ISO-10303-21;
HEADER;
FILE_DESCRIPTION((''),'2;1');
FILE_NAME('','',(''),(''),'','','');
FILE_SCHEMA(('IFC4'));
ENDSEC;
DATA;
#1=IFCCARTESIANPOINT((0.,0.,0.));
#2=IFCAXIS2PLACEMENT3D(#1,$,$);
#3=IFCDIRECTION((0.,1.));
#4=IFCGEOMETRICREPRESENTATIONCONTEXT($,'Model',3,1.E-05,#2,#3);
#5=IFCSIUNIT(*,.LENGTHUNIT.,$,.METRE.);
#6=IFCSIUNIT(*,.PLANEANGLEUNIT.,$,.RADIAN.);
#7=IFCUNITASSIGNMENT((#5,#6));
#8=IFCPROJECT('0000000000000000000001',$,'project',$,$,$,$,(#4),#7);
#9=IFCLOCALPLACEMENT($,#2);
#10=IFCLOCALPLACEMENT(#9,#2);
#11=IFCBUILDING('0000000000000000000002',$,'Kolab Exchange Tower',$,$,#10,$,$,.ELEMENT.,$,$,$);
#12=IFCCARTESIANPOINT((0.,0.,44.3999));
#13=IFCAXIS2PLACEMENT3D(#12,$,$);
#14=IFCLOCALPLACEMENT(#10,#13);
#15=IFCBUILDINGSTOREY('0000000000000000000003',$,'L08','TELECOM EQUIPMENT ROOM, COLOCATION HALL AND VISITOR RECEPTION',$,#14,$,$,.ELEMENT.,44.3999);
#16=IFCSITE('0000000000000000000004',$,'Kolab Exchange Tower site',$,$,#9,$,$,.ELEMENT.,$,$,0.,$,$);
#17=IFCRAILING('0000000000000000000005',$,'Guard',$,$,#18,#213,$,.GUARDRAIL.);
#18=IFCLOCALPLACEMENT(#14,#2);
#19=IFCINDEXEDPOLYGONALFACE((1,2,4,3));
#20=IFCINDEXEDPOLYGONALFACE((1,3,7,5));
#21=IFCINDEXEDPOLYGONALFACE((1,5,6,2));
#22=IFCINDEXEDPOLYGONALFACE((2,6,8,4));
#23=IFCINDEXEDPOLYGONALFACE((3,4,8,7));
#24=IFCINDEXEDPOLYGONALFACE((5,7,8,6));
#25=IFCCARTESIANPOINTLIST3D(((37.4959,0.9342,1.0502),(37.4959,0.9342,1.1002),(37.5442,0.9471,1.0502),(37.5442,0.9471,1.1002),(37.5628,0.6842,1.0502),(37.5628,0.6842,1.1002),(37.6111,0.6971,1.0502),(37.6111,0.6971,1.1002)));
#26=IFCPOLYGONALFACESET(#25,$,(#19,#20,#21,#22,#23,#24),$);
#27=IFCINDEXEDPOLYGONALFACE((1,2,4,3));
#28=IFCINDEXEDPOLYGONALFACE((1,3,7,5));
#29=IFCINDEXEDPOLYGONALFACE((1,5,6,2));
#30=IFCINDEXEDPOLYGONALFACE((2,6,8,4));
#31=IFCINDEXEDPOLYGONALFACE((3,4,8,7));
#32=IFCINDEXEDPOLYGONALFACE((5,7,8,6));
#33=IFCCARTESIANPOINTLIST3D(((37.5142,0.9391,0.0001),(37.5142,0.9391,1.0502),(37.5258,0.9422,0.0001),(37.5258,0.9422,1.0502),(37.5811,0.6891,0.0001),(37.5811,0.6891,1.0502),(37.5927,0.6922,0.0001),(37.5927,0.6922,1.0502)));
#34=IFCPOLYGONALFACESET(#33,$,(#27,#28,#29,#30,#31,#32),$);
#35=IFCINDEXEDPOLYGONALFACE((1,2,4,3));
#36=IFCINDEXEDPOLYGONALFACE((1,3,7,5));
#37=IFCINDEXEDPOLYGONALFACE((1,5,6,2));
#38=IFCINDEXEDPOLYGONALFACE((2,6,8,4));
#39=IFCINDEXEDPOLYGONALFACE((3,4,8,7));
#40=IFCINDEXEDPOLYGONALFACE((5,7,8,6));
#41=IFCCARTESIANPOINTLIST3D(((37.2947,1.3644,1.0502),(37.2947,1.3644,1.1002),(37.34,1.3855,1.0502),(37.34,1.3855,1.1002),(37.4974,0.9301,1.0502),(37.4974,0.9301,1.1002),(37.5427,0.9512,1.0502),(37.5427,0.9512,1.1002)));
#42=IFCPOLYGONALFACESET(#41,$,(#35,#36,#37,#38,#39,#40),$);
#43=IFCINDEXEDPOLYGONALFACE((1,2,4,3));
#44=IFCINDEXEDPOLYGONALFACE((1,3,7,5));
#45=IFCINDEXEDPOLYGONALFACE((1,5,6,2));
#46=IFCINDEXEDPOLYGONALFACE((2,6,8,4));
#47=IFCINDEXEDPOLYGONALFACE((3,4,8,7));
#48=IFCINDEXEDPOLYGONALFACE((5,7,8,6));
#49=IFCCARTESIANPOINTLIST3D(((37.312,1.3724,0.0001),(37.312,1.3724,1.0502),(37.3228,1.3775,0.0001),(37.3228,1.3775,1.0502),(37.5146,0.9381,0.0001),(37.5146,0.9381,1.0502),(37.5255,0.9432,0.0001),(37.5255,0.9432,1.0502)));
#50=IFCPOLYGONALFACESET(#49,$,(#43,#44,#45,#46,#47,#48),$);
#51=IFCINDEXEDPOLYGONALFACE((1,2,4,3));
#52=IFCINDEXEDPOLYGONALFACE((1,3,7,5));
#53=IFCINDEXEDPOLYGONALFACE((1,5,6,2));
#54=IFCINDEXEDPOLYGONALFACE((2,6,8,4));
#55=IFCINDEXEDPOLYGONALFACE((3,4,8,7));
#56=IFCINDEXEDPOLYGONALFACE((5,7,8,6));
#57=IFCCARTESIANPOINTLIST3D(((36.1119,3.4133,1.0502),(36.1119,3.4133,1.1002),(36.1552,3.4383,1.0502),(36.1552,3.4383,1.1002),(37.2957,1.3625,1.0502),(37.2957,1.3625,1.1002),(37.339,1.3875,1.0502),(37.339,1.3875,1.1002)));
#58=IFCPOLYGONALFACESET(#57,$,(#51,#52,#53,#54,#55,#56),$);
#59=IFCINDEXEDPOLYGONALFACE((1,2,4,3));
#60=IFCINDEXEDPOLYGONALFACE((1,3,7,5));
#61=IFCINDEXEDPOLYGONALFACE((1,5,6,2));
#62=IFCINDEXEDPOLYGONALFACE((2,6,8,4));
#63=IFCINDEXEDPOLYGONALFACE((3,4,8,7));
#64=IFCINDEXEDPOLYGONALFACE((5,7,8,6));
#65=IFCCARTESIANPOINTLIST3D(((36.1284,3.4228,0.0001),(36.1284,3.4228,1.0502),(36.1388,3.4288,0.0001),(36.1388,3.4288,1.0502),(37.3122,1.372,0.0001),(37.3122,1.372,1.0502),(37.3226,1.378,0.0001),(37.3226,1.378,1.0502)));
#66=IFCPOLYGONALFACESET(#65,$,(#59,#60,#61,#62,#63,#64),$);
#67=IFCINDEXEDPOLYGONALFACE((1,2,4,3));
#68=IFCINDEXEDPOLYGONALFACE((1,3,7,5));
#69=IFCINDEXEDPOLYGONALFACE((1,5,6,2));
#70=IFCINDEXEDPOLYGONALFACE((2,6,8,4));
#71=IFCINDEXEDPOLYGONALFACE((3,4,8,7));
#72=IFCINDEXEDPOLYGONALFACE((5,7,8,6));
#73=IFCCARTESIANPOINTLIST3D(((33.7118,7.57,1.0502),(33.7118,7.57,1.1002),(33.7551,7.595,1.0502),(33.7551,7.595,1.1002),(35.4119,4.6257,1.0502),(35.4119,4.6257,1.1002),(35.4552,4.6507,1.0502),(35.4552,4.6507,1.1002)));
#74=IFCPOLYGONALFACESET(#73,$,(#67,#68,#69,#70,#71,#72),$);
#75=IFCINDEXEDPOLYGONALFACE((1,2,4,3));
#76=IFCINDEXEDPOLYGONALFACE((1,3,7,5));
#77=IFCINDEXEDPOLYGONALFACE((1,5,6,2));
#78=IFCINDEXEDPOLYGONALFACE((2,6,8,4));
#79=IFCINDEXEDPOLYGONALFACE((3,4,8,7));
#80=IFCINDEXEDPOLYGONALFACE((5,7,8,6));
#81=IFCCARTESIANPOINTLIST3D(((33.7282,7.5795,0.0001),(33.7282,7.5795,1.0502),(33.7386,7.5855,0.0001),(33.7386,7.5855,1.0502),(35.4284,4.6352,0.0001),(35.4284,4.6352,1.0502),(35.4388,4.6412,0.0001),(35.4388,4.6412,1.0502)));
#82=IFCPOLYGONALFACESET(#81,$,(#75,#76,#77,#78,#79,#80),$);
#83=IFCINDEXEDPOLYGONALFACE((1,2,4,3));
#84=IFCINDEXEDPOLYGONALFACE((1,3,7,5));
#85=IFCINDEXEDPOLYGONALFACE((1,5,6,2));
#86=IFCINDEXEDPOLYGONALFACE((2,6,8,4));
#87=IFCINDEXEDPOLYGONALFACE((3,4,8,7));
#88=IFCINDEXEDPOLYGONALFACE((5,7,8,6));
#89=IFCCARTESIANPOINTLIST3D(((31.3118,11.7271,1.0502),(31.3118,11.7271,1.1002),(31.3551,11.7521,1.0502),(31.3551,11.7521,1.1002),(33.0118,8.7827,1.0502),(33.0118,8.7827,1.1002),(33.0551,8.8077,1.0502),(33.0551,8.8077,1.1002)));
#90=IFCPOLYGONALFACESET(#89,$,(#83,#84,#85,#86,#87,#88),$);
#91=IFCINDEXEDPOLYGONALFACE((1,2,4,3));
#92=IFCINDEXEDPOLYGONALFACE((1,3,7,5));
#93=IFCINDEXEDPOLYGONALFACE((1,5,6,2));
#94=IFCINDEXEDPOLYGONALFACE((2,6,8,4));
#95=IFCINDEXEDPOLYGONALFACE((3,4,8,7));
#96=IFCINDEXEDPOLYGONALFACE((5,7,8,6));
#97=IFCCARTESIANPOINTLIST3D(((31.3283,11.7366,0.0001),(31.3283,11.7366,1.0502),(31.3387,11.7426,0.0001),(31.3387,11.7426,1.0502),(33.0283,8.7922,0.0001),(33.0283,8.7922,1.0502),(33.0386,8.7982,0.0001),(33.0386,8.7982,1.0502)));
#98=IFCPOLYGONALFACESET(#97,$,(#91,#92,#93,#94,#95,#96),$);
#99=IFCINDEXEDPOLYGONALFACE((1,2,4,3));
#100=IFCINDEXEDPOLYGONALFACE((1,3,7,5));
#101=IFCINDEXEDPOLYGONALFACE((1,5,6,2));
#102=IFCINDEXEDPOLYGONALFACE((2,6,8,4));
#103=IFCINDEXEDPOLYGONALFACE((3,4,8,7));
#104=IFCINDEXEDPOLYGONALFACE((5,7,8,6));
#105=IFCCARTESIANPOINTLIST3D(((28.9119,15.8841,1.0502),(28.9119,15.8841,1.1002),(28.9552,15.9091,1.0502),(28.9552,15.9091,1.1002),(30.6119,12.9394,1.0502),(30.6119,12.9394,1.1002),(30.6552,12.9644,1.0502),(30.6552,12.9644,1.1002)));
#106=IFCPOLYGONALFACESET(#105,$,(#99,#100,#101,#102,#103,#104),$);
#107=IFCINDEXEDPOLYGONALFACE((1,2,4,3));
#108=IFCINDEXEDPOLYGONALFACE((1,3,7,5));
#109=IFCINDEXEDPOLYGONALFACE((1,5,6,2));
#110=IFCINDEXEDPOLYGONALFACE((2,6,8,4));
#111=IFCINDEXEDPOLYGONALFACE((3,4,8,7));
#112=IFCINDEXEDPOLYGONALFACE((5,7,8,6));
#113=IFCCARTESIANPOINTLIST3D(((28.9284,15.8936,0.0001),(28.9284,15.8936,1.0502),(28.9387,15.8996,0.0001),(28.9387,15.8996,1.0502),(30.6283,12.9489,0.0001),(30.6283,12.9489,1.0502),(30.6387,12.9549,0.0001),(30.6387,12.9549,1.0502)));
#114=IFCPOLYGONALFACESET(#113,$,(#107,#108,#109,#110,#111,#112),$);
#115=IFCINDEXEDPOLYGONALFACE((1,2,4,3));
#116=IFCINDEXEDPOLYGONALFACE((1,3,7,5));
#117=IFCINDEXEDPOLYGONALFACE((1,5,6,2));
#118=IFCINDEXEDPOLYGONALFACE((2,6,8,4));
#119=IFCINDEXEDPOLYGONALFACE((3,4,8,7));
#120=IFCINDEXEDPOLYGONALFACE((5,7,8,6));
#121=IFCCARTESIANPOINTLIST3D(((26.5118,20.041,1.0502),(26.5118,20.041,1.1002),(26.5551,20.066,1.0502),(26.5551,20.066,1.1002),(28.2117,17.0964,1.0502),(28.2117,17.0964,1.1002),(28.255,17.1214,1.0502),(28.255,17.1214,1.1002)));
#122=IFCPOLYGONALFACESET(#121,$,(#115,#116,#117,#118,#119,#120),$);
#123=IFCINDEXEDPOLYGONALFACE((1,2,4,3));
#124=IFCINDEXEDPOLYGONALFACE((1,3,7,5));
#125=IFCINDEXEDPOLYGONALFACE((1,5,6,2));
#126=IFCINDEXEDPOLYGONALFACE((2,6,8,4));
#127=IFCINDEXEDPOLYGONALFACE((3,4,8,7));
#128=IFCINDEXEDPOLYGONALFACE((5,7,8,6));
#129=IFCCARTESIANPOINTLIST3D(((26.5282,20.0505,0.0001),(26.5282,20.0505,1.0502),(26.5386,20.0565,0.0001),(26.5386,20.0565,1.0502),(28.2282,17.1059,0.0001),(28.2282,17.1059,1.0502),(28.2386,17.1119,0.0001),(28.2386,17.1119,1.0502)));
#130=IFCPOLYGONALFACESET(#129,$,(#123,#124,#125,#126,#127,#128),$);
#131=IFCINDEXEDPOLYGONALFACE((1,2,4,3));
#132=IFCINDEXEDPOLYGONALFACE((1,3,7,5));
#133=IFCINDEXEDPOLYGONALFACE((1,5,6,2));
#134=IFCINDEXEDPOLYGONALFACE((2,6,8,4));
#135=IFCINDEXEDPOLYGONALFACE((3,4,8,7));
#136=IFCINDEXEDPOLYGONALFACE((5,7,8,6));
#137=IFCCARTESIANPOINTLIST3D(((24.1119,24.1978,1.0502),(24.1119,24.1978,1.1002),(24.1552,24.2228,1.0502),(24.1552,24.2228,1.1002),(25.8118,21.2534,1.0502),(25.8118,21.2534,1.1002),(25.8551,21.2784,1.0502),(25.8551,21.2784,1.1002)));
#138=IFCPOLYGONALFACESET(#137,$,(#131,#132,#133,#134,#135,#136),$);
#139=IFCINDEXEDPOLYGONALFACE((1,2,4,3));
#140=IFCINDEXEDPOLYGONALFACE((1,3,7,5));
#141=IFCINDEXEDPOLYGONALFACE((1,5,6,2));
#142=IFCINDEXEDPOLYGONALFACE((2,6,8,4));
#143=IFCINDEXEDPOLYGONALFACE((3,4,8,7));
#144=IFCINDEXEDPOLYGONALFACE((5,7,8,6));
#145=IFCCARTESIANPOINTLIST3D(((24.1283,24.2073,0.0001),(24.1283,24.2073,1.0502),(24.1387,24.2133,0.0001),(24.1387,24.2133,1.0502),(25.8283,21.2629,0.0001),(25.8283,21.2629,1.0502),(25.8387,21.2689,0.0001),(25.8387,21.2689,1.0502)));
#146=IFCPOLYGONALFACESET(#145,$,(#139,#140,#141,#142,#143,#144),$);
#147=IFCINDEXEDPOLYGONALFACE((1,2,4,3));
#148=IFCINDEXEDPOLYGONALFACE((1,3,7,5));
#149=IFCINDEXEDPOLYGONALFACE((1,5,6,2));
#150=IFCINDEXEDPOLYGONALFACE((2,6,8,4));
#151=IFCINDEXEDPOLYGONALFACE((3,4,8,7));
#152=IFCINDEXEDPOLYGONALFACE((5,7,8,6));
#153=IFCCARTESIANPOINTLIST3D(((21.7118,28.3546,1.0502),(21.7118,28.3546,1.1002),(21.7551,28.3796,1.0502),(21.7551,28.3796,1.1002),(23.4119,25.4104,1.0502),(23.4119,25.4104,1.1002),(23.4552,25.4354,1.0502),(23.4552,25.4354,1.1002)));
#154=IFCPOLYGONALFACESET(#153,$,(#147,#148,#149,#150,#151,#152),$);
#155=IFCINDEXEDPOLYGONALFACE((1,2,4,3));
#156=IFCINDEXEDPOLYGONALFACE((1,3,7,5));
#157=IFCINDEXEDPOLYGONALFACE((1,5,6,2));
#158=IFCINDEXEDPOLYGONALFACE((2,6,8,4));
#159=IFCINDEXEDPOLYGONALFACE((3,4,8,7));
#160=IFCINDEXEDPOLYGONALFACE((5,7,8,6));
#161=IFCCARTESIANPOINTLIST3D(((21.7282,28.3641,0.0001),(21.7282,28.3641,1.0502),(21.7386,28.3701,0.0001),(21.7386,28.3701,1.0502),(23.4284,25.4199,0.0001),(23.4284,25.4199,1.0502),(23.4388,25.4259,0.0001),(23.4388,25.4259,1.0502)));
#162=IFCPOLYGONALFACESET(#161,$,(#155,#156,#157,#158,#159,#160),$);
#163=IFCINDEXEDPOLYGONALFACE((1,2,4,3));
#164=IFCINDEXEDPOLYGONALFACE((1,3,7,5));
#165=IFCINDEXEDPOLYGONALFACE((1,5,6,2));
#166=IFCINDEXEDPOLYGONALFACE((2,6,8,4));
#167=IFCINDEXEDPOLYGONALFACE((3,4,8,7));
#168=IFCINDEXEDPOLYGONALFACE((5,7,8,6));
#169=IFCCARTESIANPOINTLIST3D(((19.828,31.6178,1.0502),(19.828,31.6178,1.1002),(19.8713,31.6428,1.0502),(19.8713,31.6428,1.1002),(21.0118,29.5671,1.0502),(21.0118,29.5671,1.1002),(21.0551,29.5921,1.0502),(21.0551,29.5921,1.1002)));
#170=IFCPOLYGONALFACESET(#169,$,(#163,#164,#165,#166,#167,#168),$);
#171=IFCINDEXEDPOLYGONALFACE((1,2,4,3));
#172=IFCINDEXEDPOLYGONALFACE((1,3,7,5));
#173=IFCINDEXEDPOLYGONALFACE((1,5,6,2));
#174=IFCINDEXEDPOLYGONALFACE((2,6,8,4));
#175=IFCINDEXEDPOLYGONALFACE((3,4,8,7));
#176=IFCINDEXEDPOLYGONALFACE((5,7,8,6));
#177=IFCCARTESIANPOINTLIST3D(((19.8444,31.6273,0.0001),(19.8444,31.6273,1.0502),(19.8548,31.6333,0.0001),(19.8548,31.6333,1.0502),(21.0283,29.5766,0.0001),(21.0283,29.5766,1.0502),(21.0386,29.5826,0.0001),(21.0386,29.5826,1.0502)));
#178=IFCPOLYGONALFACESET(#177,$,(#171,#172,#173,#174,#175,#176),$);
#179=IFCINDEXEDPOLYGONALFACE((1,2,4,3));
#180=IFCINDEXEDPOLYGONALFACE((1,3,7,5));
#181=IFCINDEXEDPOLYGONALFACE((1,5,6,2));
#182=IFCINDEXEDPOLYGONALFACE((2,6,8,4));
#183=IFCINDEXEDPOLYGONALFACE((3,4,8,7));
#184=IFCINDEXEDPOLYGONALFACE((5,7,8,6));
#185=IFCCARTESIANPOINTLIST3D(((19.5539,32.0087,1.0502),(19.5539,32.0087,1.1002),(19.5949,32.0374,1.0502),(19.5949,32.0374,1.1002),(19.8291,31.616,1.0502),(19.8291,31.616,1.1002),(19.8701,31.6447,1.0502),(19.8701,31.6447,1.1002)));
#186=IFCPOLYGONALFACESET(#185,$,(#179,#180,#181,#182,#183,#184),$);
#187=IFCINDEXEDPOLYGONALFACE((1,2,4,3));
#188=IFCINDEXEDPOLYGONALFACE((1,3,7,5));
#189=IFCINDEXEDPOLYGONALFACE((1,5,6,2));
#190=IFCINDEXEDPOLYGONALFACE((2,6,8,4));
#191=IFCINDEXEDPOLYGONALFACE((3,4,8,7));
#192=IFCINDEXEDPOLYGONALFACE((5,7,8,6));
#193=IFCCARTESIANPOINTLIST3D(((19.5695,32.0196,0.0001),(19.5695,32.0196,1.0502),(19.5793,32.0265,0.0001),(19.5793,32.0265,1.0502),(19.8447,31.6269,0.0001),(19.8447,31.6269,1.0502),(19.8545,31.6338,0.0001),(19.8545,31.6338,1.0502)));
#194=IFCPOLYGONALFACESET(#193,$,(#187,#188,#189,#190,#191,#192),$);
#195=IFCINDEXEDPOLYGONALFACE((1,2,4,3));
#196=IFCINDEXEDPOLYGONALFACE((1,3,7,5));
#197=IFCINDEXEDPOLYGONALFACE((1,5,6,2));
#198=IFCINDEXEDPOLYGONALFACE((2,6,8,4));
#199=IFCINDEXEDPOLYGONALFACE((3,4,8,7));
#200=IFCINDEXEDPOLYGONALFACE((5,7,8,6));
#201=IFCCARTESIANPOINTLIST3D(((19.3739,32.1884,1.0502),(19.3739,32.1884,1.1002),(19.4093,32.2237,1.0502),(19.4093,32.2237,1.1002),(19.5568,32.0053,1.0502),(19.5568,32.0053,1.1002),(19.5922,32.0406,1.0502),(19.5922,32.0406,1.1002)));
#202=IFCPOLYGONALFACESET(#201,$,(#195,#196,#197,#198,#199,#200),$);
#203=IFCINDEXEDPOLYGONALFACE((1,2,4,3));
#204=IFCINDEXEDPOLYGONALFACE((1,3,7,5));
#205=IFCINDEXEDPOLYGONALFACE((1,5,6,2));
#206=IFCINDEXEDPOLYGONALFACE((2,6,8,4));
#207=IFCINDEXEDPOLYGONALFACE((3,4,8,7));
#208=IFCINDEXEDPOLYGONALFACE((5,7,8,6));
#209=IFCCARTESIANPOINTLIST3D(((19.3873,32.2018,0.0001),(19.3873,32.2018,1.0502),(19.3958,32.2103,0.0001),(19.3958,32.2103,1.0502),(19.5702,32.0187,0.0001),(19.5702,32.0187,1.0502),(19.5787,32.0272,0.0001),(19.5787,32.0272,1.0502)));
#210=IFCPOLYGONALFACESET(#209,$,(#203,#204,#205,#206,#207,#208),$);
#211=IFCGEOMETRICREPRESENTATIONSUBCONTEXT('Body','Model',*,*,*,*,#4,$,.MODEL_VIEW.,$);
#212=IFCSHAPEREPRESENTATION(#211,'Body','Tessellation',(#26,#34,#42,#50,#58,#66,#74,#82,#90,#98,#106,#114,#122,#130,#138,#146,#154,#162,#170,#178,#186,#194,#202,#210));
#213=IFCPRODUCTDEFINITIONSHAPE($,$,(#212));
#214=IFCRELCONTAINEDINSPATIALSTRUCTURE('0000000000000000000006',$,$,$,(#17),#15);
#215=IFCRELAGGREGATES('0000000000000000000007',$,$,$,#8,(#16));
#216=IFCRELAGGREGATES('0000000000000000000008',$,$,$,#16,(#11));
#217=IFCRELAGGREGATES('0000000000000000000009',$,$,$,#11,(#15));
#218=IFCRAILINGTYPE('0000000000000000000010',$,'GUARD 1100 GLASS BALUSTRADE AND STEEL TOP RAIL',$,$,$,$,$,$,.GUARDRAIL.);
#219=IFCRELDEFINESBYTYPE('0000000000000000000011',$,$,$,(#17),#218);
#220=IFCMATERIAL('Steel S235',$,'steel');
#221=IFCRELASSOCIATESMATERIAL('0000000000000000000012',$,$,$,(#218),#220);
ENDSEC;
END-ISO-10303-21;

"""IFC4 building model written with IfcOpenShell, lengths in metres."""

from ifc_helpers import new_model, si_unit, direction, frame, frame_2d, origin, origin_2d, place, context, subcontext, project, spatial, rectangle, extrude, material, type_object, element, save


model = new_model("IFC4")

# Units and contexts
model_context = context("Model", 3, precision=1e-05, world=origin(), true_north=direction((0.0, 1.0)))
body_context = subcontext(model_context, "Body", "Model", "MODEL_VIEW")
ifc_project = project(units=[si_unit("LENGTHUNIT", "METRE"), si_unit("PLANEANGLEUNIT", "RADIAN")], contexts=[model_context])

# Site, building, storey
site_placement = place(None, origin())
site = spatial("IfcSite", under=ifc_project, at=site_placement, Name="Kolab Exchange Tower site", CompositionType="ELEMENT", RefElevation=0.0)
building_placement = place(site_placement, origin())
building = spatial("IfcBuilding", under=site, at=building_placement, Name="Kolab Exchange Tower", CompositionType="ELEMENT")
storey_placement = place(building_placement, frame((0.0, 0.0, 44.3999)))
storey = spatial("IfcBuildingStorey", under=building, at=storey_placement, Name="L08", Description="TELECOM EQUIPMENT ROOM, COLOCATION HALL AND VISITOR RECEPTION", CompositionType="ELEMENT", Elevation=44.3999)

# Railing
ifc_material_1 = material(Name="Steel S235", Category="steel")
railing_type = type_object("IfcRailingType", Name="GUARD 1100 GLASS BALUSTRADE AND STEEL TOP RAIL", PredefinedType="GUARDRAIL", material=ifc_material_1)
railing_placement = place(storey_placement, frame((37.5869, 0.6907, 0.0)))
element("IfcRailing", 1, at=railing_placement, inside=storey, type_object=railing_type, Name="Guard", PredefinedType="GUARDRAIL", context=body_context, shape_type="SweptSolid", body=[
    extrude(rectangle(XDim=0.05, YDim=0.05, at=origin_2d()), frame((0.0, 0.0, 1.0752), z_axis=(-0.258485, 0.966015, 0.0), x_axis=(-0.966015, -0.258485, 0.0)), (0.0, 0.0, 1.0), 0.2588),
    extrude(rectangle(XDim=0.012, YDim=1.0501, at=frame_2d((0.0, 0.5251))), frame((0.0, 0.0, 0.0), z_axis=(-0.258485, 0.966015, 0.0), x_axis=(-0.966015, -0.258485, 0.0)), (0.0, 0.0, 1.0), 0.2588),
    extrude(rectangle(XDim=0.05, YDim=0.05, at=origin_2d()), frame((-0.0669, 0.25, 1.0752), z_axis=(-0.422802, 0.906222, 0.0), x_axis=(-0.906222, -0.422802, 0.0)), (0.0, 0.0, 1.0), 0.4792),
    extrude(rectangle(XDim=0.012, YDim=1.0501, at=frame_2d((0.0, 0.5251))), frame((-0.0669, 0.25, 0.0), z_axis=(-0.422802, 0.906222, 0.0), x_axis=(-0.906222, -0.422802, 0.0)), (0.0, 0.0, 1.0), 0.4792),
    extrude(rectangle(XDim=0.05, YDim=0.05, at=origin_2d()), frame((-0.2695, 0.6843, 1.0752), z_axis=(-0.499943, 0.866059, 0.0), x_axis=(-0.866059, -0.499943, 0.0)), (0.0, 0.0, 1.0), 2.3679),
    extrude(rectangle(XDim=0.012, YDim=1.0501, at=frame_2d((0.0, 0.5251))), frame((-0.2695, 0.6843, 0.0), z_axis=(-0.499943, 0.866059, 0.0), x_axis=(-0.866059, -0.499943, 0.0)), (0.0, 0.0, 1.0), 2.3679),
    extrude(rectangle(XDim=0.05, YDim=0.05, at=origin_2d()), frame((-2.1533, 3.9475, 1.0752), z_axis=(-0.500062, 0.865989, 0.0), x_axis=(-0.865989, -0.500062, 0.0)), (0.0, 0.0, 1.0), 3.3999),
    extrude(rectangle(XDim=0.012, YDim=1.0501, at=frame_2d((0.0, 0.5251))), frame((-2.1533, 3.9475, 0.0), z_axis=(-0.500062, 0.865989, 0.0), x_axis=(-0.865989, -0.500062, 0.0)), (0.0, 0.0, 1.0), 3.3999),
    extrude(rectangle(XDim=0.05, YDim=0.05, at=origin_2d()), frame((-4.5535, 8.1045, 1.0752), z_axis=(-0.500008, 0.866021, 0.0), x_axis=(-0.866021, -0.500008, 0.0)), (0.0, 0.0, 1.0), 3.3999),
    extrude(rectangle(XDim=0.012, YDim=1.0501, at=frame_2d((0.0, 0.5251))), frame((-4.5535, 8.1045, 0.0), z_axis=(-0.500008, 0.866021, 0.0), x_axis=(-0.866021, -0.500008, 0.0)), (0.0, 0.0, 1.0), 3.3999),
    extrude(rectangle(XDim=0.05, YDim=0.05, at=origin_2d()), frame((-6.9534, 12.2612, 1.0752), z_axis=(-0.499977, 0.866039, 0.0), x_axis=(-0.866039, -0.499977, 0.0)), (0.0, 0.0, 1.0), 3.4001),
    extrude(rectangle(XDim=0.012, YDim=1.0501, at=frame_2d((0.0, 0.5251))), frame((-6.9534, 12.2612, 0.0), z_axis=(-0.499977, 0.866039, 0.0), x_axis=(-0.866039, -0.499977, 0.0)), (0.0, 0.0, 1.0), 3.4001),
    extrude(rectangle(XDim=0.05, YDim=0.05, at=origin_2d()), frame((-9.3535, 16.4182, 1.0752), z_axis=(-0.499977, 0.866039, 0.0), x_axis=(-0.866039, -0.499977, 0.0)), (0.0, 0.0, 1.0), 3.4001),
    extrude(rectangle(XDim=0.012, YDim=1.0501, at=frame_2d((0.0, 0.5251))), frame((-9.3535, 16.4182, 0.0), z_axis=(-0.499977, 0.866039, 0.0), x_axis=(-0.866039, -0.499977, 0.0)), (0.0, 0.0, 1.0), 3.4001),
    extrude(rectangle(XDim=0.05, YDim=0.05, at=origin_2d()), frame((-11.7534, 20.5752, 1.0752), z_axis=(-0.500008, 0.866021, 0.0), x_axis=(-0.866021, -0.500008, 0.0)), (0.0, 0.0, 1.0), 3.3999),
    extrude(rectangle(XDim=0.012, YDim=1.0501, at=frame_2d((0.0, 0.5251))), frame((-11.7534, 20.5752, 0.0), z_axis=(-0.500008, 0.866021, 0.0), x_axis=(-0.866021, -0.500008, 0.0)), (0.0, 0.0, 1.0), 3.3999),
    extrude(rectangle(XDim=0.05, YDim=0.05, at=origin_2d()), frame((-14.1533, 24.7322, 1.0752), z_axis=(-0.500062, 0.865989, 0.0), x_axis=(-0.865989, -0.500062, 0.0)), (0.0, 0.0, 1.0), 3.3999),
    extrude(rectangle(XDim=0.012, YDim=1.0501, at=frame_2d((0.0, 0.5251))), frame((-14.1533, 24.7322, 0.0), z_axis=(-0.500062, 0.865989, 0.0), x_axis=(-0.865989, -0.500062, 0.0)), (0.0, 0.0, 1.0), 3.3999),
    extrude(rectangle(XDim=0.05, YDim=0.05, at=origin_2d()), frame((-16.5535, 28.8889, 1.0752), z_axis=(-0.499943, 0.866059, 0.0), x_axis=(-0.866059, -0.499943, 0.0)), (0.0, 0.0, 1.0), 2.3679),
    extrude(rectangle(XDim=0.012, YDim=1.0501, at=frame_2d((0.0, 0.5251))), frame((-16.5535, 28.8889, 0.0), z_axis=(-0.499943, 0.866059, 0.0), x_axis=(-0.866059, -0.499943, 0.0)), (0.0, 0.0, 1.0), 2.3679),
    extrude(rectangle(XDim=0.05, YDim=0.05, at=origin_2d()), frame((-17.7373, 30.9397, 1.0752), z_axis=(-0.573941, 0.818897, 0.0), x_axis=(-0.818897, -0.573941, 0.0)), (0.0, 0.0, 1.0), 0.4795),
    extrude(rectangle(XDim=0.012, YDim=1.0501, at=frame_2d((0.0, 0.5251))), frame((-17.7373, 30.9397, 0.0), z_axis=(-0.573941, 0.818897, 0.0), x_axis=(-0.818897, -0.573941, 0.0)), (0.0, 0.0, 1.0), 0.4795),
    extrude(rectangle(XDim=0.05, YDim=0.05, at=origin_2d()), frame((-18.0125, 31.3323, 1.0752), z_axis=(-0.706635, 0.707578, 0.0), x_axis=(-0.707578, -0.706635, 0.0)), (0.0, 0.0, 1.0), 0.2588),
    extrude(rectangle(XDim=0.012, YDim=1.0501, at=frame_2d((0.0, 0.5251))), frame((-18.0125, 31.3323, 0.0), z_axis=(-0.706635, 0.707578, 0.0), x_axis=(-0.707578, -0.706635, 0.0)), (0.0, 0.0, 1.0), 0.2588),
])

save(model, "model.ifc")
